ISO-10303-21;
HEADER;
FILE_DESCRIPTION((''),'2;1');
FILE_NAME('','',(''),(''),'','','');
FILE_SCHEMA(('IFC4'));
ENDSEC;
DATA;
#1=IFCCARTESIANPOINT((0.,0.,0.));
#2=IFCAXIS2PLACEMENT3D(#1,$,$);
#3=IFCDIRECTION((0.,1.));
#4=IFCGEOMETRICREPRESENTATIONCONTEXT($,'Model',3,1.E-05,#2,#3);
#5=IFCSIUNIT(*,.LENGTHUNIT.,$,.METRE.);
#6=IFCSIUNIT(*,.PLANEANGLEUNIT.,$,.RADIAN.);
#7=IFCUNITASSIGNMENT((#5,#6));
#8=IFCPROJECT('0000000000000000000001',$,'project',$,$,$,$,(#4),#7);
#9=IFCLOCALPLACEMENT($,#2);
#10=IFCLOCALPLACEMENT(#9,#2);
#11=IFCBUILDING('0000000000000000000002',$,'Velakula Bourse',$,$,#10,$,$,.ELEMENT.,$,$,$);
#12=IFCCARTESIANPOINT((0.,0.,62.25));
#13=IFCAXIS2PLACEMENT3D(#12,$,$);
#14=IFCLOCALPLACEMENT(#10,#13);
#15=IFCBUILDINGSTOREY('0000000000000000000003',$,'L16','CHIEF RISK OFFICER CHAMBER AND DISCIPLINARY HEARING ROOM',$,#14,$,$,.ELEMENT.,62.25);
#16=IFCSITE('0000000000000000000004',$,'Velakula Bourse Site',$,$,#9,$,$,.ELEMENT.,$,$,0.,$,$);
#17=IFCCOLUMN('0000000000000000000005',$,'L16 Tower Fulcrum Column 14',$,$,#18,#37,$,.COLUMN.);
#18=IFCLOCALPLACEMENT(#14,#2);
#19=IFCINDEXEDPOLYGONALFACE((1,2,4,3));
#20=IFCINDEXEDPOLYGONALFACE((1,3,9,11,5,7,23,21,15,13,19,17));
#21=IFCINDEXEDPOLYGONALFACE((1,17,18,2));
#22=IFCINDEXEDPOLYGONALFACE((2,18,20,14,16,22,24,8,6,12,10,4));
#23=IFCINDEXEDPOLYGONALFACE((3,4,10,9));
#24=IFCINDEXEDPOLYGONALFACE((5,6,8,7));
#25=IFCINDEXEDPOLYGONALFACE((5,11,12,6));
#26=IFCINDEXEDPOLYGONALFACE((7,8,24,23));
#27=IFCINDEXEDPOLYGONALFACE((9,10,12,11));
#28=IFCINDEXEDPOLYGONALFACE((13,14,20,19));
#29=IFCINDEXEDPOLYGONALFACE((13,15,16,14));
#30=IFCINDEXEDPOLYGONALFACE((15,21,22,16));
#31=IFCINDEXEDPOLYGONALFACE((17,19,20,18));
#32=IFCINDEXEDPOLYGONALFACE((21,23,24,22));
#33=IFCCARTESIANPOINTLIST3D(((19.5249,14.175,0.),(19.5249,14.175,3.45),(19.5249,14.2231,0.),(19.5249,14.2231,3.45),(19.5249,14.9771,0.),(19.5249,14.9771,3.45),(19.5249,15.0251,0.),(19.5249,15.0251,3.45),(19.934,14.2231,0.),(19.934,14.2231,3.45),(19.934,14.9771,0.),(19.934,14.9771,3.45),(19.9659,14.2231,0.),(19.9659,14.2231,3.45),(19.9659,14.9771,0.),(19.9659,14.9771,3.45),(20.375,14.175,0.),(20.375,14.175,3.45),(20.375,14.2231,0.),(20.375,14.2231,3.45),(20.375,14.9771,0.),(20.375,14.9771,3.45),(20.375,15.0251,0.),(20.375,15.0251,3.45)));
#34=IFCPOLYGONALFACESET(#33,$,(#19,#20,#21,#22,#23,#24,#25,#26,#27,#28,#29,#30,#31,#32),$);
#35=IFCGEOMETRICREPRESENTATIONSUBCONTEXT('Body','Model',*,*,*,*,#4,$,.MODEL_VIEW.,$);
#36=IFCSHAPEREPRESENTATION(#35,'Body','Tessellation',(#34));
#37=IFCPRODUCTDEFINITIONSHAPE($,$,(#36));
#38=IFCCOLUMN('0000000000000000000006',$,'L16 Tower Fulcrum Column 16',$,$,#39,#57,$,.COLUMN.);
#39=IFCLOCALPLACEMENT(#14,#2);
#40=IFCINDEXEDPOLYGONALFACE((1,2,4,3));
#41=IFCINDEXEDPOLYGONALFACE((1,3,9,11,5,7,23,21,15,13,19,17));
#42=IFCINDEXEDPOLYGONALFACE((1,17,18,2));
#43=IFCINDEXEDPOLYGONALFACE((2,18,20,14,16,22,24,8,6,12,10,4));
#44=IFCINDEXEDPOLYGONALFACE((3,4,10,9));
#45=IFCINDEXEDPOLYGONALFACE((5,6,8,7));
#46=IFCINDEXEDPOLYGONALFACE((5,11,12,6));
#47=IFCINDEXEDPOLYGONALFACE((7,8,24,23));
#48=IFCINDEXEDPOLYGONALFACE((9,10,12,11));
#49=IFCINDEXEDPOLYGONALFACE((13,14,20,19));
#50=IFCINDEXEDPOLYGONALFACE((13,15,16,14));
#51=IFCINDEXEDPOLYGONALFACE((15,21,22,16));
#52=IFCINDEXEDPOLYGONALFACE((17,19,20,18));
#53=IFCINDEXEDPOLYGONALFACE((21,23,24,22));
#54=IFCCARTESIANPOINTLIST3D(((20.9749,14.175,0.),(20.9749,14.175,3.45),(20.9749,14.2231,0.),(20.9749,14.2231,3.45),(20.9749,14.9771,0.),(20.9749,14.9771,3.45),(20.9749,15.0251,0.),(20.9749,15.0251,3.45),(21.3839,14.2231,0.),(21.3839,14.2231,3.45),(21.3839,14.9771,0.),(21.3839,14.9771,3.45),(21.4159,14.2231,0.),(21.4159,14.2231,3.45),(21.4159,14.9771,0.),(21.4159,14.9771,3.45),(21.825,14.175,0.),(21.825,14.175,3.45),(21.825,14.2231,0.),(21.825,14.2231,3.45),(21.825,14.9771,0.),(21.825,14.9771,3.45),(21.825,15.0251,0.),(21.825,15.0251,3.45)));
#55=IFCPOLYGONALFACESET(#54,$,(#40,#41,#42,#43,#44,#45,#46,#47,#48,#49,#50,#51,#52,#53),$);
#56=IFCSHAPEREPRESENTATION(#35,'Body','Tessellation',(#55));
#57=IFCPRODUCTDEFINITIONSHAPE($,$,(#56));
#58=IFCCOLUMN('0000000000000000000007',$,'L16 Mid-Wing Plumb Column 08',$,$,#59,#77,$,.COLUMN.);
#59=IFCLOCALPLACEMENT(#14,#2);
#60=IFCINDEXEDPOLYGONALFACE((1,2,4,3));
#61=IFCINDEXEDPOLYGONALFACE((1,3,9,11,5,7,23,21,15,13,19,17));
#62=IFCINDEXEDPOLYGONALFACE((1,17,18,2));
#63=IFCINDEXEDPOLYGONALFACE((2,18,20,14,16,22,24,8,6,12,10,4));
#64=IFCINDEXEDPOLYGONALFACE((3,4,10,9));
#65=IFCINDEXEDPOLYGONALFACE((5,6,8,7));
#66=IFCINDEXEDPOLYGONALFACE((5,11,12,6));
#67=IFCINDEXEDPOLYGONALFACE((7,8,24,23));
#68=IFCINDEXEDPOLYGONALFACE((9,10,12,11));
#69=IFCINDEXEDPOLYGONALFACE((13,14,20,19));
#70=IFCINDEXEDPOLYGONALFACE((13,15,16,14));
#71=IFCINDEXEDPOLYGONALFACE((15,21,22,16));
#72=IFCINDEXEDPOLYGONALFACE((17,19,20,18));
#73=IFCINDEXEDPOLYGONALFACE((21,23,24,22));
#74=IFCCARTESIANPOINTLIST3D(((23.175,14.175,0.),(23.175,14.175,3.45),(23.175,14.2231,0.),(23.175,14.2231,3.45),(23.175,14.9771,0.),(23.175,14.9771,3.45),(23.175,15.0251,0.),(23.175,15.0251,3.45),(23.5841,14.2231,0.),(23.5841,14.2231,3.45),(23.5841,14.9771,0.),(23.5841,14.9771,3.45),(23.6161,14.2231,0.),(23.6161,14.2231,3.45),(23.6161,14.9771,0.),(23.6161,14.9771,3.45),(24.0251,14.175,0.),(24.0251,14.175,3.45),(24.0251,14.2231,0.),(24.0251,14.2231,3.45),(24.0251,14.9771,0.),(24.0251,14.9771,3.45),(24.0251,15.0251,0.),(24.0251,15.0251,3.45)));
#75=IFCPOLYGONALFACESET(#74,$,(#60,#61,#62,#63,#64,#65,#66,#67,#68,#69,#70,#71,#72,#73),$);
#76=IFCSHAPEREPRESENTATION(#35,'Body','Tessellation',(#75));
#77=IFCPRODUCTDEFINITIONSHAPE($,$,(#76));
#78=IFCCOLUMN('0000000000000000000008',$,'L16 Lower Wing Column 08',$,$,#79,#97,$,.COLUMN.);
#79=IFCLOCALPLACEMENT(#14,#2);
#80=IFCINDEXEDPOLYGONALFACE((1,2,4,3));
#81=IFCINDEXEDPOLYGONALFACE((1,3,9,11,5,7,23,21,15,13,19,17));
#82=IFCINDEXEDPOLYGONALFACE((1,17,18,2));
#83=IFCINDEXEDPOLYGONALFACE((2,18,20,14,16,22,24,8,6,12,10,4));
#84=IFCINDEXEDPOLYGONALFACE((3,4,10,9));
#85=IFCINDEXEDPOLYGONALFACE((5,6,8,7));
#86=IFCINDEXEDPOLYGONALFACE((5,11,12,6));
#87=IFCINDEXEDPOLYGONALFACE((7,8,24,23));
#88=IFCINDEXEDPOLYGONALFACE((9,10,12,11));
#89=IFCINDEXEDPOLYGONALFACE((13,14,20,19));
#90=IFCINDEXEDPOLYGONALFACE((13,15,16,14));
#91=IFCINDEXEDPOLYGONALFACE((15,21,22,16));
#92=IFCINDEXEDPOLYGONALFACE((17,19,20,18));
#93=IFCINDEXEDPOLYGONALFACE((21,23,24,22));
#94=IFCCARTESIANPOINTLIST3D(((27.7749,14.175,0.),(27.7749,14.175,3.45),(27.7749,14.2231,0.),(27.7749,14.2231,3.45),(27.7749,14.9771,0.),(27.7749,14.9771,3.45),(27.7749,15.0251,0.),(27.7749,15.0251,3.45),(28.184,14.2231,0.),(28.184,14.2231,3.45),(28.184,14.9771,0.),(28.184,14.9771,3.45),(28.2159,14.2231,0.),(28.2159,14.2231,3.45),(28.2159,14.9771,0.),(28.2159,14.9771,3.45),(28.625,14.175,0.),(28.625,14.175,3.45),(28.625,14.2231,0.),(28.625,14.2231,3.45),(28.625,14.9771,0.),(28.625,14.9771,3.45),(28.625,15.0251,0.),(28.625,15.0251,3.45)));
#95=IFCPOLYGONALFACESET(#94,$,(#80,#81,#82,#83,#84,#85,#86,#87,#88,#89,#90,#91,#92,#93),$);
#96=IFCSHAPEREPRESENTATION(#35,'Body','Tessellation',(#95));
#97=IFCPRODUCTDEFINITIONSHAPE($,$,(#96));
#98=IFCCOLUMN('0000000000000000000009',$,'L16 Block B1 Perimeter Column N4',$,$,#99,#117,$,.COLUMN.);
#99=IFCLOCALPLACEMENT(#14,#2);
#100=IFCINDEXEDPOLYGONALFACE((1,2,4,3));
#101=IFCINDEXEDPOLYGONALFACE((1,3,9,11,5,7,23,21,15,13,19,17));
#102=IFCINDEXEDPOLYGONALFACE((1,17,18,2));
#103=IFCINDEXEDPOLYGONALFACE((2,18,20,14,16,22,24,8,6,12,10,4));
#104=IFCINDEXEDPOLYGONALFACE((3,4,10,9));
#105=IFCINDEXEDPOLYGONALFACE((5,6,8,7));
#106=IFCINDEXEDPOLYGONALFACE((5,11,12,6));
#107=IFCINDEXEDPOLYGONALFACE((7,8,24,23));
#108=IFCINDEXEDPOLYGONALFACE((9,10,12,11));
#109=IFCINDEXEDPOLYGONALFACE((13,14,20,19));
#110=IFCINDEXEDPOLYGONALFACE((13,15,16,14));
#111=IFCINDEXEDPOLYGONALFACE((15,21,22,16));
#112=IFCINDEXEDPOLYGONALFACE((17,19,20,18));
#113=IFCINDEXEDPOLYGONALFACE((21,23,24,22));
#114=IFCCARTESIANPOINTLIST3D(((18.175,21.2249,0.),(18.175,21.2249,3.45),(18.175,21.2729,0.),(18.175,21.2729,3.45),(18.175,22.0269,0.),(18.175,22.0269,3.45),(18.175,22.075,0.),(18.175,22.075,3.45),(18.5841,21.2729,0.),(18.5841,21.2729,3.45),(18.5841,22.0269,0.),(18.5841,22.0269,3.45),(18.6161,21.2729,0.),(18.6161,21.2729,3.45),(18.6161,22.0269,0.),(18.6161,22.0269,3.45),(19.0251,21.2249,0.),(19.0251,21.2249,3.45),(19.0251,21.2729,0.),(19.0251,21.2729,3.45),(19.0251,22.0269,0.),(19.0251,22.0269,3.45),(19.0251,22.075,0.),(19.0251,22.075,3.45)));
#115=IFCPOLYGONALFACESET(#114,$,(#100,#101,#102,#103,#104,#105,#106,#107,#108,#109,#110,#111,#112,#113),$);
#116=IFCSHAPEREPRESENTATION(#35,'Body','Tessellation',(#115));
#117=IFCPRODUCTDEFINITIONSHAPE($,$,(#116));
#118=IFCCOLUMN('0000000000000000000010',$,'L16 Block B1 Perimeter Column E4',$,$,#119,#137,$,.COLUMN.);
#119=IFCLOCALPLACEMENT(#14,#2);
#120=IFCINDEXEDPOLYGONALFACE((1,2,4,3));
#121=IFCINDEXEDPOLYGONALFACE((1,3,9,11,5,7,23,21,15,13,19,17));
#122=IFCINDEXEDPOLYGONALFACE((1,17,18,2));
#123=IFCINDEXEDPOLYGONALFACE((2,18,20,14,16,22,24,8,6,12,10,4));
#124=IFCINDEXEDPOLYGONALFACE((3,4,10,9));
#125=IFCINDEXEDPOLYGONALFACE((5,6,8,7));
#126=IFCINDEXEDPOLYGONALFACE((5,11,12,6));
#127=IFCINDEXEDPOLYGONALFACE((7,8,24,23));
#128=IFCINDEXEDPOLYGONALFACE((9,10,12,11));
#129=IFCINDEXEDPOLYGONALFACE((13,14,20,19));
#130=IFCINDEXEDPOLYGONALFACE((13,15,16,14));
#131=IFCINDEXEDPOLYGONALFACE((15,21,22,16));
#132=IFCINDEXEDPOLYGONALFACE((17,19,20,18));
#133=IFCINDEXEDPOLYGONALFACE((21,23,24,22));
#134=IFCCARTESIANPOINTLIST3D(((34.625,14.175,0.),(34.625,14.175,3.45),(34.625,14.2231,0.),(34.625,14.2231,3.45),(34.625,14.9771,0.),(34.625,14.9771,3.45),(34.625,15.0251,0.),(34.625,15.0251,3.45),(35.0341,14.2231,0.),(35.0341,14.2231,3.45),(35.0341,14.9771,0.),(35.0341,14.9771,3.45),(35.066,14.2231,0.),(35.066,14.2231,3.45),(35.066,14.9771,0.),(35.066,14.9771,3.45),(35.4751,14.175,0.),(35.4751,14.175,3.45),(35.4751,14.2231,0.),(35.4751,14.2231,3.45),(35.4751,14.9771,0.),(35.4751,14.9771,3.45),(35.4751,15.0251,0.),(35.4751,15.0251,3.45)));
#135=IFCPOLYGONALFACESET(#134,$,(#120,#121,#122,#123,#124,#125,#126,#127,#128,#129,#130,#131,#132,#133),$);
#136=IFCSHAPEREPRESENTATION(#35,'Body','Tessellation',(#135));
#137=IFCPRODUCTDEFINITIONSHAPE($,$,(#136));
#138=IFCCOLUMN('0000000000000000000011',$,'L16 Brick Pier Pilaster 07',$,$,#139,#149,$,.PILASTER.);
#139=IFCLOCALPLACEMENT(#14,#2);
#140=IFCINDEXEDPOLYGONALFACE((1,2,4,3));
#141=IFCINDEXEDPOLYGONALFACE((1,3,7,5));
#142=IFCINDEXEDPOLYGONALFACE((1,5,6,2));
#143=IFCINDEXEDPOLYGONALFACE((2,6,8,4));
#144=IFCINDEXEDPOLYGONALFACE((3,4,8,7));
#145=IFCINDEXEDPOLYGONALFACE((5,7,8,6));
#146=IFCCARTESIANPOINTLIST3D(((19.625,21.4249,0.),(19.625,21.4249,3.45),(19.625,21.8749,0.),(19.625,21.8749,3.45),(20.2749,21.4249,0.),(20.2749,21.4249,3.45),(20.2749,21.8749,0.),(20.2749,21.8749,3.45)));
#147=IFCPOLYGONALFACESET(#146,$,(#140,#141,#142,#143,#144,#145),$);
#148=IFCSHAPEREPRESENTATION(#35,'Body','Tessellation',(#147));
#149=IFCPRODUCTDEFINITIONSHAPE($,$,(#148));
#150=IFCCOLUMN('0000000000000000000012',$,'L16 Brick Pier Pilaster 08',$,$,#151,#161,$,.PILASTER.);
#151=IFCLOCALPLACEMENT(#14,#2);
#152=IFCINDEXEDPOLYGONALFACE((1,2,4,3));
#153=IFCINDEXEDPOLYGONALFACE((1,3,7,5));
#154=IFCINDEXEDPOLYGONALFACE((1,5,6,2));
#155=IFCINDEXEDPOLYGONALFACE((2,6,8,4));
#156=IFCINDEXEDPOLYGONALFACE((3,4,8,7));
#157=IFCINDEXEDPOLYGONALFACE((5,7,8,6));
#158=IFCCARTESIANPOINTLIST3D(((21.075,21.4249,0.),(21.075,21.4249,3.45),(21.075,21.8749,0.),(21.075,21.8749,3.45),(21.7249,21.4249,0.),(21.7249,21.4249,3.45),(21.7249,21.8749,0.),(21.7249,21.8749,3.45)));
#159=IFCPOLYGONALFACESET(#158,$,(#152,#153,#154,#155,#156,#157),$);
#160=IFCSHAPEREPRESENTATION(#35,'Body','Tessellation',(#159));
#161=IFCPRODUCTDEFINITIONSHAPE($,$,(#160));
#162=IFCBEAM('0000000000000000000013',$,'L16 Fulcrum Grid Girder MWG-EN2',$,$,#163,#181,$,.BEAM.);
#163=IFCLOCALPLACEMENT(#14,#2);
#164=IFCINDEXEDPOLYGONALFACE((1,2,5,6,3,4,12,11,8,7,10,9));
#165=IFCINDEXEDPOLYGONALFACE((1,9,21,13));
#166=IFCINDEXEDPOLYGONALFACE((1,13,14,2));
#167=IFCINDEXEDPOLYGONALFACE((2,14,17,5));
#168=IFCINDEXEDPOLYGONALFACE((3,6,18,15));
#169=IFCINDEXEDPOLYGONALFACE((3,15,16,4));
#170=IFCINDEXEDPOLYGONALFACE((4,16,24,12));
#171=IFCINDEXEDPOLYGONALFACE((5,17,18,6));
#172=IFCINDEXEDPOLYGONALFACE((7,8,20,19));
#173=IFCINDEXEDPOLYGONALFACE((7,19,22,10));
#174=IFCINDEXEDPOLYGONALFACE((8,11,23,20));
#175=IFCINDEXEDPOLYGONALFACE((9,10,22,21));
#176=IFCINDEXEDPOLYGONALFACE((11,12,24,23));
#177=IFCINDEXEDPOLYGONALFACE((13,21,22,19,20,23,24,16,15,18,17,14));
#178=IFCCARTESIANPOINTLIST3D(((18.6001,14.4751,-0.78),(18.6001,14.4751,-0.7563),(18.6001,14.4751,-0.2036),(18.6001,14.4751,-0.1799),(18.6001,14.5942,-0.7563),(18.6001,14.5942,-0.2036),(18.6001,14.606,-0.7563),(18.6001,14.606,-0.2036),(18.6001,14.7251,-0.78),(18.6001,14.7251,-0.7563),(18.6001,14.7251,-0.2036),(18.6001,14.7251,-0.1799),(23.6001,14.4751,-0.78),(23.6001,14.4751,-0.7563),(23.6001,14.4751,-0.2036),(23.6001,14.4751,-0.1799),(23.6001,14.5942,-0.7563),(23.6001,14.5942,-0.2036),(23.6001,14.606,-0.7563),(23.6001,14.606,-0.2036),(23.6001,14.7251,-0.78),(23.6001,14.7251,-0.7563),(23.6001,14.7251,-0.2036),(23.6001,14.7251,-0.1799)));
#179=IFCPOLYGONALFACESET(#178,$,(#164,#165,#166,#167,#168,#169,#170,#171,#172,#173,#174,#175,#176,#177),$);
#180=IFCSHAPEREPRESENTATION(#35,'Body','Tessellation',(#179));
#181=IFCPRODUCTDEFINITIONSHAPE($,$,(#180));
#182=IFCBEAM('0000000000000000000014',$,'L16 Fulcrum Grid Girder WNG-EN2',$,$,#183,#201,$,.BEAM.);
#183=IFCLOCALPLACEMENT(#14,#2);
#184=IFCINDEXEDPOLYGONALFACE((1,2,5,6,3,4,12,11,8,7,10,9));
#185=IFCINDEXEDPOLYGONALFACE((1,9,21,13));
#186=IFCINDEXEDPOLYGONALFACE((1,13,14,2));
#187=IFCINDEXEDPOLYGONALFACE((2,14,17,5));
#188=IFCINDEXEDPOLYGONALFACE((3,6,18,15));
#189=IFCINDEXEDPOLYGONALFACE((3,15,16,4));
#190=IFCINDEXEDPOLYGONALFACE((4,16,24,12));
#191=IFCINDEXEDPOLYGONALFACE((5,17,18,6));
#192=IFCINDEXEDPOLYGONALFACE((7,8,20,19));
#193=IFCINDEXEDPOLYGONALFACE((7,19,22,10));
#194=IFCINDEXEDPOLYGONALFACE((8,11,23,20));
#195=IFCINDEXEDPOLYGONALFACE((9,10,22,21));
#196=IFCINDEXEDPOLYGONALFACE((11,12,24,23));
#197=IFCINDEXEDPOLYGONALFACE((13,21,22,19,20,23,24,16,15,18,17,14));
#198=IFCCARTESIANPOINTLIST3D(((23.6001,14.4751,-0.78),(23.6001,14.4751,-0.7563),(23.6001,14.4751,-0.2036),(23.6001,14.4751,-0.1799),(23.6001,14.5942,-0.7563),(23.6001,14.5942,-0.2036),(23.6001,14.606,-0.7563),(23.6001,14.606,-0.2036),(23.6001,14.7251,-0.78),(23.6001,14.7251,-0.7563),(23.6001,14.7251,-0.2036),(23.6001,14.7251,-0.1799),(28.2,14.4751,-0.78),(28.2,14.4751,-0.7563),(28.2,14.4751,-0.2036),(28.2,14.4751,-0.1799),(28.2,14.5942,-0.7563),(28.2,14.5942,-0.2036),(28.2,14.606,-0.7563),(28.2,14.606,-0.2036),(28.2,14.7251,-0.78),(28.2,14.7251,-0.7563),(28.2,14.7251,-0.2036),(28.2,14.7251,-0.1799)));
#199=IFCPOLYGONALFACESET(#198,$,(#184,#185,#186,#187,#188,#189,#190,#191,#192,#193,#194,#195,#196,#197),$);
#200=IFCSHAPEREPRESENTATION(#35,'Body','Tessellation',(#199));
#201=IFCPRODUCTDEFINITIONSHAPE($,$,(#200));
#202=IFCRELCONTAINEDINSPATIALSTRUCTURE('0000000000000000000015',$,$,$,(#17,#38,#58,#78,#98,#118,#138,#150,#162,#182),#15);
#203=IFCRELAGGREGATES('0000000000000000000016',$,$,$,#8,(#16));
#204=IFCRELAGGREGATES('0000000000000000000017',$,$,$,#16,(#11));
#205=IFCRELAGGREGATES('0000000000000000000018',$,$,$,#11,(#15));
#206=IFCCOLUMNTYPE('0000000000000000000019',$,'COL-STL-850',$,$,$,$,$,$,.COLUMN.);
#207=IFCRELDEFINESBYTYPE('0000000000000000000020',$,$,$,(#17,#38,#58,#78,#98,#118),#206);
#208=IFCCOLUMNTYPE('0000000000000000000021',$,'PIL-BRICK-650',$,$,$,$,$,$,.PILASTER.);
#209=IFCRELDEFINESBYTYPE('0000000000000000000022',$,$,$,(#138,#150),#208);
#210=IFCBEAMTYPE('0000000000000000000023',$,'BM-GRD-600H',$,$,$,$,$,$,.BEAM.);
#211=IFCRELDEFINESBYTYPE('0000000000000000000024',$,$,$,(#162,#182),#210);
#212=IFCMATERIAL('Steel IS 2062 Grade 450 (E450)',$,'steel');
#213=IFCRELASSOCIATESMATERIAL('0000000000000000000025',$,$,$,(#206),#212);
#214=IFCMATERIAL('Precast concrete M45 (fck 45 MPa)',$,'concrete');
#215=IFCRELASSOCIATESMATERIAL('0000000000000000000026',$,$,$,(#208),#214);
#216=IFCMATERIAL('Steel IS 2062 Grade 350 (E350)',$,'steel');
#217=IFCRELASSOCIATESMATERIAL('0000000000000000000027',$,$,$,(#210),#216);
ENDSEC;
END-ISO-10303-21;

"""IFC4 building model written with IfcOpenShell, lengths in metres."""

from ifc_helpers import new_model, si_unit, direction, frame, origin, origin_2d, place, context, subcontext, project, spatial, rectangle, i_section, extrude, material, material_profile, profile_set, type_object, element, save


model = new_model("IFC4")

# Units and contexts
model_context = context("Model", 3, precision=1e-05, world=origin(), true_north=direction((0.0, 1.0)))
body_context = subcontext(model_context, "Body", "Model", "MODEL_VIEW")
ifc_project = project(units=[si_unit("LENGTHUNIT", "METRE"), si_unit("PLANEANGLEUNIT", "RADIAN")], contexts=[model_context])

# Site, building, storey
site_placement = place(None, origin())
site = spatial("IfcSite", under=ifc_project, at=site_placement, Name="Velakula Bourse Site", CompositionType="ELEMENT", RefElevation=0.0)
building_placement = place(site_placement, origin())
building = spatial("IfcBuilding", under=site, at=building_placement, Name="Velakula Bourse", CompositionType="ELEMENT")
storey_placement = place(building_placement, frame((0.0, 0.0, 62.25)))
storey = spatial("IfcBuildingStorey", under=building, at=storey_placement, Name="L16", Description="CHIEF RISK OFFICER CHAMBER AND DISCIPLINARY HEARING ROOM", CompositionType="ELEMENT", Elevation=62.25)

# Columns
ifc_material_1 = material(Name="Steel IS 2062 Grade 450 (E450)", Category="steel")
ifc_material_profile_1 = material_profile(ifc_material_1, i_section(OverallWidth=0.8501, OverallDepth=0.8501, WebThickness=0.032, FlangeThickness=0.0481, at=origin_2d()), Name="Steel IS 2062 Grade 450 (E450)")
ifc_profile_set_1 = profile_set([ifc_material_profile_1], Name="Steel IS 2062 Grade 450 (E450)")
column_type_1 = type_object("IfcColumnType", Name="COL-STL-850", PredefinedType="COLUMN", material=ifc_profile_set_1)
for number, where, z_axis, x_axis, name in (
    (1, (19.95, 14.6001, 0.0), (0.0, 0.0, 1.0), (1.0, 0.0, 0.0), "L16 Tower Fulcrum Column 14"),
    (2, (21.3999, 14.6001, 0.0), (0.0, 0.0, 1.0), (1.0, 0.0, 0.0), "L16 Tower Fulcrum Column 16"),
    (3, (23.6001, 14.6001, 0.0), (0.0, 0.0, 1.0), (1.0, 0.0, 0.0), "L16 Mid-Wing Plumb Column 08"),
    (4, (28.2, 14.6001, 0.0), (0.0, 0.0, 1.0), (1.0, 0.0, 0.0), "L16 Lower Wing Column 08"),
    (5, (18.6001, 21.6499, 0.0), (0.0, 0.0, 1.0), (1.0, 0.0, 0.0), "L16 Block B1 Perimeter Column N4"),
    (6, (35.05, 14.6001, 0.0), (0.0, 0.0, 1.0), (1.0, 0.0, 0.0), "L16 Block B1 Perimeter Column E4"),
):
    element("IfcColumn", number, at=place(storey_placement, frame(where, z_axis=z_axis, x_axis=x_axis)), inside=storey, type_object=column_type_1, Name=name, PredefinedType="COLUMN", context=body_context, shape_type="SweptSolid", body=[
        extrude(i_section(OverallWidth=0.8501, OverallDepth=0.8501, WebThickness=0.032, FlangeThickness=0.0481, at=origin_2d()), origin(), (0.0, 0.0, 1.0), 3.45),
    ])
ifc_material_2 = material(Name="Precast concrete M45 (fck 45 MPa)", Category="concrete")
ifc_material_profile_2 = material_profile(ifc_material_2, rectangle(XDim=0.6499, YDim=0.45, at=origin_2d()), Name="Precast concrete M45 (fck 45 MPa)")
ifc_profile_set_2 = profile_set([ifc_material_profile_2], Name="Precast concrete M45 (fck 45 MPa)")
column_type_2 = type_object("IfcColumnType", Name="PIL-BRICK-650", PredefinedType="PILASTER", material=ifc_profile_set_2)
for number, where, z_axis, x_axis, name in (
    (7, (19.95, 21.6499, 0.0), (0.0, 0.0, 1.0), (1.0, 0.0, 0.0), "L16 Brick Pier Pilaster 07"),
    (8, (21.3999, 21.6499, 0.0), (0.0, 0.0, 1.0), (1.0, 0.0, 0.0), "L16 Brick Pier Pilaster 08"),
):
    element("IfcColumn", number, at=place(storey_placement, frame(where, z_axis=z_axis, x_axis=x_axis)), inside=storey, type_object=column_type_2, Name=name, PredefinedType="PILASTER", context=body_context, shape_type="SweptSolid", body=[
        extrude(rectangle(XDim=0.6499, YDim=0.45, at=origin_2d()), origin(), (0.0, 0.0, 1.0), 3.45),
    ])

# Beams
ifc_material_3 = material(Name="Steel IS 2062 Grade 350 (E350)", Category="steel")
ifc_material_profile_3 = material_profile(ifc_material_3, i_section(OverallWidth=0.25, OverallDepth=0.6001, WebThickness=0.0117, FlangeThickness=0.0237, at=origin_2d()), Name="Steel IS 2062 Grade 350 (E350)")
ifc_profile_set_3 = profile_set([ifc_material_profile_3], Name="Steel IS 2062 Grade 350 (E350)")
beam_type_1 = type_object("IfcBeamType", Name="BM-GRD-600H", PredefinedType="BEAM", material=ifc_profile_set_3)
beam_1_placement = place(storey_placement, frame((18.6001, 14.6001, -0.48), z_axis=(1.0, 0.0, 0.0), x_axis=(0.0, 1.0, 0.0)))
element("IfcBeam", 9, at=beam_1_placement, inside=storey, type_object=beam_type_1, Name="L16 Fulcrum Grid Girder MWG-EN2", PredefinedType="BEAM", context=body_context, shape_type="SweptSolid", body=[
    extrude(i_section(OverallWidth=0.25, OverallDepth=0.6001, WebThickness=0.0117, FlangeThickness=0.0237, at=origin_2d()), origin(), (0.0, 0.0, 1.0), 5.0),
])
beam_2_placement = place(storey_placement, frame((23.6001, 14.6001, -0.48), z_axis=(1.0, 0.0, 0.0), x_axis=(0.0, 1.0, 0.0)))
element("IfcBeam", 10, at=beam_2_placement, inside=storey, type_object=beam_type_1, Name="L16 Fulcrum Grid Girder WNG-EN2", PredefinedType="BEAM", context=body_context, shape_type="SweptSolid", body=[
    extrude(i_section(OverallWidth=0.25, OverallDepth=0.6001, WebThickness=0.0117, FlangeThickness=0.0237, at=origin_2d()), origin(), (0.0, 0.0, 1.0), 4.5999),
])

save(model, "model.ifc")
